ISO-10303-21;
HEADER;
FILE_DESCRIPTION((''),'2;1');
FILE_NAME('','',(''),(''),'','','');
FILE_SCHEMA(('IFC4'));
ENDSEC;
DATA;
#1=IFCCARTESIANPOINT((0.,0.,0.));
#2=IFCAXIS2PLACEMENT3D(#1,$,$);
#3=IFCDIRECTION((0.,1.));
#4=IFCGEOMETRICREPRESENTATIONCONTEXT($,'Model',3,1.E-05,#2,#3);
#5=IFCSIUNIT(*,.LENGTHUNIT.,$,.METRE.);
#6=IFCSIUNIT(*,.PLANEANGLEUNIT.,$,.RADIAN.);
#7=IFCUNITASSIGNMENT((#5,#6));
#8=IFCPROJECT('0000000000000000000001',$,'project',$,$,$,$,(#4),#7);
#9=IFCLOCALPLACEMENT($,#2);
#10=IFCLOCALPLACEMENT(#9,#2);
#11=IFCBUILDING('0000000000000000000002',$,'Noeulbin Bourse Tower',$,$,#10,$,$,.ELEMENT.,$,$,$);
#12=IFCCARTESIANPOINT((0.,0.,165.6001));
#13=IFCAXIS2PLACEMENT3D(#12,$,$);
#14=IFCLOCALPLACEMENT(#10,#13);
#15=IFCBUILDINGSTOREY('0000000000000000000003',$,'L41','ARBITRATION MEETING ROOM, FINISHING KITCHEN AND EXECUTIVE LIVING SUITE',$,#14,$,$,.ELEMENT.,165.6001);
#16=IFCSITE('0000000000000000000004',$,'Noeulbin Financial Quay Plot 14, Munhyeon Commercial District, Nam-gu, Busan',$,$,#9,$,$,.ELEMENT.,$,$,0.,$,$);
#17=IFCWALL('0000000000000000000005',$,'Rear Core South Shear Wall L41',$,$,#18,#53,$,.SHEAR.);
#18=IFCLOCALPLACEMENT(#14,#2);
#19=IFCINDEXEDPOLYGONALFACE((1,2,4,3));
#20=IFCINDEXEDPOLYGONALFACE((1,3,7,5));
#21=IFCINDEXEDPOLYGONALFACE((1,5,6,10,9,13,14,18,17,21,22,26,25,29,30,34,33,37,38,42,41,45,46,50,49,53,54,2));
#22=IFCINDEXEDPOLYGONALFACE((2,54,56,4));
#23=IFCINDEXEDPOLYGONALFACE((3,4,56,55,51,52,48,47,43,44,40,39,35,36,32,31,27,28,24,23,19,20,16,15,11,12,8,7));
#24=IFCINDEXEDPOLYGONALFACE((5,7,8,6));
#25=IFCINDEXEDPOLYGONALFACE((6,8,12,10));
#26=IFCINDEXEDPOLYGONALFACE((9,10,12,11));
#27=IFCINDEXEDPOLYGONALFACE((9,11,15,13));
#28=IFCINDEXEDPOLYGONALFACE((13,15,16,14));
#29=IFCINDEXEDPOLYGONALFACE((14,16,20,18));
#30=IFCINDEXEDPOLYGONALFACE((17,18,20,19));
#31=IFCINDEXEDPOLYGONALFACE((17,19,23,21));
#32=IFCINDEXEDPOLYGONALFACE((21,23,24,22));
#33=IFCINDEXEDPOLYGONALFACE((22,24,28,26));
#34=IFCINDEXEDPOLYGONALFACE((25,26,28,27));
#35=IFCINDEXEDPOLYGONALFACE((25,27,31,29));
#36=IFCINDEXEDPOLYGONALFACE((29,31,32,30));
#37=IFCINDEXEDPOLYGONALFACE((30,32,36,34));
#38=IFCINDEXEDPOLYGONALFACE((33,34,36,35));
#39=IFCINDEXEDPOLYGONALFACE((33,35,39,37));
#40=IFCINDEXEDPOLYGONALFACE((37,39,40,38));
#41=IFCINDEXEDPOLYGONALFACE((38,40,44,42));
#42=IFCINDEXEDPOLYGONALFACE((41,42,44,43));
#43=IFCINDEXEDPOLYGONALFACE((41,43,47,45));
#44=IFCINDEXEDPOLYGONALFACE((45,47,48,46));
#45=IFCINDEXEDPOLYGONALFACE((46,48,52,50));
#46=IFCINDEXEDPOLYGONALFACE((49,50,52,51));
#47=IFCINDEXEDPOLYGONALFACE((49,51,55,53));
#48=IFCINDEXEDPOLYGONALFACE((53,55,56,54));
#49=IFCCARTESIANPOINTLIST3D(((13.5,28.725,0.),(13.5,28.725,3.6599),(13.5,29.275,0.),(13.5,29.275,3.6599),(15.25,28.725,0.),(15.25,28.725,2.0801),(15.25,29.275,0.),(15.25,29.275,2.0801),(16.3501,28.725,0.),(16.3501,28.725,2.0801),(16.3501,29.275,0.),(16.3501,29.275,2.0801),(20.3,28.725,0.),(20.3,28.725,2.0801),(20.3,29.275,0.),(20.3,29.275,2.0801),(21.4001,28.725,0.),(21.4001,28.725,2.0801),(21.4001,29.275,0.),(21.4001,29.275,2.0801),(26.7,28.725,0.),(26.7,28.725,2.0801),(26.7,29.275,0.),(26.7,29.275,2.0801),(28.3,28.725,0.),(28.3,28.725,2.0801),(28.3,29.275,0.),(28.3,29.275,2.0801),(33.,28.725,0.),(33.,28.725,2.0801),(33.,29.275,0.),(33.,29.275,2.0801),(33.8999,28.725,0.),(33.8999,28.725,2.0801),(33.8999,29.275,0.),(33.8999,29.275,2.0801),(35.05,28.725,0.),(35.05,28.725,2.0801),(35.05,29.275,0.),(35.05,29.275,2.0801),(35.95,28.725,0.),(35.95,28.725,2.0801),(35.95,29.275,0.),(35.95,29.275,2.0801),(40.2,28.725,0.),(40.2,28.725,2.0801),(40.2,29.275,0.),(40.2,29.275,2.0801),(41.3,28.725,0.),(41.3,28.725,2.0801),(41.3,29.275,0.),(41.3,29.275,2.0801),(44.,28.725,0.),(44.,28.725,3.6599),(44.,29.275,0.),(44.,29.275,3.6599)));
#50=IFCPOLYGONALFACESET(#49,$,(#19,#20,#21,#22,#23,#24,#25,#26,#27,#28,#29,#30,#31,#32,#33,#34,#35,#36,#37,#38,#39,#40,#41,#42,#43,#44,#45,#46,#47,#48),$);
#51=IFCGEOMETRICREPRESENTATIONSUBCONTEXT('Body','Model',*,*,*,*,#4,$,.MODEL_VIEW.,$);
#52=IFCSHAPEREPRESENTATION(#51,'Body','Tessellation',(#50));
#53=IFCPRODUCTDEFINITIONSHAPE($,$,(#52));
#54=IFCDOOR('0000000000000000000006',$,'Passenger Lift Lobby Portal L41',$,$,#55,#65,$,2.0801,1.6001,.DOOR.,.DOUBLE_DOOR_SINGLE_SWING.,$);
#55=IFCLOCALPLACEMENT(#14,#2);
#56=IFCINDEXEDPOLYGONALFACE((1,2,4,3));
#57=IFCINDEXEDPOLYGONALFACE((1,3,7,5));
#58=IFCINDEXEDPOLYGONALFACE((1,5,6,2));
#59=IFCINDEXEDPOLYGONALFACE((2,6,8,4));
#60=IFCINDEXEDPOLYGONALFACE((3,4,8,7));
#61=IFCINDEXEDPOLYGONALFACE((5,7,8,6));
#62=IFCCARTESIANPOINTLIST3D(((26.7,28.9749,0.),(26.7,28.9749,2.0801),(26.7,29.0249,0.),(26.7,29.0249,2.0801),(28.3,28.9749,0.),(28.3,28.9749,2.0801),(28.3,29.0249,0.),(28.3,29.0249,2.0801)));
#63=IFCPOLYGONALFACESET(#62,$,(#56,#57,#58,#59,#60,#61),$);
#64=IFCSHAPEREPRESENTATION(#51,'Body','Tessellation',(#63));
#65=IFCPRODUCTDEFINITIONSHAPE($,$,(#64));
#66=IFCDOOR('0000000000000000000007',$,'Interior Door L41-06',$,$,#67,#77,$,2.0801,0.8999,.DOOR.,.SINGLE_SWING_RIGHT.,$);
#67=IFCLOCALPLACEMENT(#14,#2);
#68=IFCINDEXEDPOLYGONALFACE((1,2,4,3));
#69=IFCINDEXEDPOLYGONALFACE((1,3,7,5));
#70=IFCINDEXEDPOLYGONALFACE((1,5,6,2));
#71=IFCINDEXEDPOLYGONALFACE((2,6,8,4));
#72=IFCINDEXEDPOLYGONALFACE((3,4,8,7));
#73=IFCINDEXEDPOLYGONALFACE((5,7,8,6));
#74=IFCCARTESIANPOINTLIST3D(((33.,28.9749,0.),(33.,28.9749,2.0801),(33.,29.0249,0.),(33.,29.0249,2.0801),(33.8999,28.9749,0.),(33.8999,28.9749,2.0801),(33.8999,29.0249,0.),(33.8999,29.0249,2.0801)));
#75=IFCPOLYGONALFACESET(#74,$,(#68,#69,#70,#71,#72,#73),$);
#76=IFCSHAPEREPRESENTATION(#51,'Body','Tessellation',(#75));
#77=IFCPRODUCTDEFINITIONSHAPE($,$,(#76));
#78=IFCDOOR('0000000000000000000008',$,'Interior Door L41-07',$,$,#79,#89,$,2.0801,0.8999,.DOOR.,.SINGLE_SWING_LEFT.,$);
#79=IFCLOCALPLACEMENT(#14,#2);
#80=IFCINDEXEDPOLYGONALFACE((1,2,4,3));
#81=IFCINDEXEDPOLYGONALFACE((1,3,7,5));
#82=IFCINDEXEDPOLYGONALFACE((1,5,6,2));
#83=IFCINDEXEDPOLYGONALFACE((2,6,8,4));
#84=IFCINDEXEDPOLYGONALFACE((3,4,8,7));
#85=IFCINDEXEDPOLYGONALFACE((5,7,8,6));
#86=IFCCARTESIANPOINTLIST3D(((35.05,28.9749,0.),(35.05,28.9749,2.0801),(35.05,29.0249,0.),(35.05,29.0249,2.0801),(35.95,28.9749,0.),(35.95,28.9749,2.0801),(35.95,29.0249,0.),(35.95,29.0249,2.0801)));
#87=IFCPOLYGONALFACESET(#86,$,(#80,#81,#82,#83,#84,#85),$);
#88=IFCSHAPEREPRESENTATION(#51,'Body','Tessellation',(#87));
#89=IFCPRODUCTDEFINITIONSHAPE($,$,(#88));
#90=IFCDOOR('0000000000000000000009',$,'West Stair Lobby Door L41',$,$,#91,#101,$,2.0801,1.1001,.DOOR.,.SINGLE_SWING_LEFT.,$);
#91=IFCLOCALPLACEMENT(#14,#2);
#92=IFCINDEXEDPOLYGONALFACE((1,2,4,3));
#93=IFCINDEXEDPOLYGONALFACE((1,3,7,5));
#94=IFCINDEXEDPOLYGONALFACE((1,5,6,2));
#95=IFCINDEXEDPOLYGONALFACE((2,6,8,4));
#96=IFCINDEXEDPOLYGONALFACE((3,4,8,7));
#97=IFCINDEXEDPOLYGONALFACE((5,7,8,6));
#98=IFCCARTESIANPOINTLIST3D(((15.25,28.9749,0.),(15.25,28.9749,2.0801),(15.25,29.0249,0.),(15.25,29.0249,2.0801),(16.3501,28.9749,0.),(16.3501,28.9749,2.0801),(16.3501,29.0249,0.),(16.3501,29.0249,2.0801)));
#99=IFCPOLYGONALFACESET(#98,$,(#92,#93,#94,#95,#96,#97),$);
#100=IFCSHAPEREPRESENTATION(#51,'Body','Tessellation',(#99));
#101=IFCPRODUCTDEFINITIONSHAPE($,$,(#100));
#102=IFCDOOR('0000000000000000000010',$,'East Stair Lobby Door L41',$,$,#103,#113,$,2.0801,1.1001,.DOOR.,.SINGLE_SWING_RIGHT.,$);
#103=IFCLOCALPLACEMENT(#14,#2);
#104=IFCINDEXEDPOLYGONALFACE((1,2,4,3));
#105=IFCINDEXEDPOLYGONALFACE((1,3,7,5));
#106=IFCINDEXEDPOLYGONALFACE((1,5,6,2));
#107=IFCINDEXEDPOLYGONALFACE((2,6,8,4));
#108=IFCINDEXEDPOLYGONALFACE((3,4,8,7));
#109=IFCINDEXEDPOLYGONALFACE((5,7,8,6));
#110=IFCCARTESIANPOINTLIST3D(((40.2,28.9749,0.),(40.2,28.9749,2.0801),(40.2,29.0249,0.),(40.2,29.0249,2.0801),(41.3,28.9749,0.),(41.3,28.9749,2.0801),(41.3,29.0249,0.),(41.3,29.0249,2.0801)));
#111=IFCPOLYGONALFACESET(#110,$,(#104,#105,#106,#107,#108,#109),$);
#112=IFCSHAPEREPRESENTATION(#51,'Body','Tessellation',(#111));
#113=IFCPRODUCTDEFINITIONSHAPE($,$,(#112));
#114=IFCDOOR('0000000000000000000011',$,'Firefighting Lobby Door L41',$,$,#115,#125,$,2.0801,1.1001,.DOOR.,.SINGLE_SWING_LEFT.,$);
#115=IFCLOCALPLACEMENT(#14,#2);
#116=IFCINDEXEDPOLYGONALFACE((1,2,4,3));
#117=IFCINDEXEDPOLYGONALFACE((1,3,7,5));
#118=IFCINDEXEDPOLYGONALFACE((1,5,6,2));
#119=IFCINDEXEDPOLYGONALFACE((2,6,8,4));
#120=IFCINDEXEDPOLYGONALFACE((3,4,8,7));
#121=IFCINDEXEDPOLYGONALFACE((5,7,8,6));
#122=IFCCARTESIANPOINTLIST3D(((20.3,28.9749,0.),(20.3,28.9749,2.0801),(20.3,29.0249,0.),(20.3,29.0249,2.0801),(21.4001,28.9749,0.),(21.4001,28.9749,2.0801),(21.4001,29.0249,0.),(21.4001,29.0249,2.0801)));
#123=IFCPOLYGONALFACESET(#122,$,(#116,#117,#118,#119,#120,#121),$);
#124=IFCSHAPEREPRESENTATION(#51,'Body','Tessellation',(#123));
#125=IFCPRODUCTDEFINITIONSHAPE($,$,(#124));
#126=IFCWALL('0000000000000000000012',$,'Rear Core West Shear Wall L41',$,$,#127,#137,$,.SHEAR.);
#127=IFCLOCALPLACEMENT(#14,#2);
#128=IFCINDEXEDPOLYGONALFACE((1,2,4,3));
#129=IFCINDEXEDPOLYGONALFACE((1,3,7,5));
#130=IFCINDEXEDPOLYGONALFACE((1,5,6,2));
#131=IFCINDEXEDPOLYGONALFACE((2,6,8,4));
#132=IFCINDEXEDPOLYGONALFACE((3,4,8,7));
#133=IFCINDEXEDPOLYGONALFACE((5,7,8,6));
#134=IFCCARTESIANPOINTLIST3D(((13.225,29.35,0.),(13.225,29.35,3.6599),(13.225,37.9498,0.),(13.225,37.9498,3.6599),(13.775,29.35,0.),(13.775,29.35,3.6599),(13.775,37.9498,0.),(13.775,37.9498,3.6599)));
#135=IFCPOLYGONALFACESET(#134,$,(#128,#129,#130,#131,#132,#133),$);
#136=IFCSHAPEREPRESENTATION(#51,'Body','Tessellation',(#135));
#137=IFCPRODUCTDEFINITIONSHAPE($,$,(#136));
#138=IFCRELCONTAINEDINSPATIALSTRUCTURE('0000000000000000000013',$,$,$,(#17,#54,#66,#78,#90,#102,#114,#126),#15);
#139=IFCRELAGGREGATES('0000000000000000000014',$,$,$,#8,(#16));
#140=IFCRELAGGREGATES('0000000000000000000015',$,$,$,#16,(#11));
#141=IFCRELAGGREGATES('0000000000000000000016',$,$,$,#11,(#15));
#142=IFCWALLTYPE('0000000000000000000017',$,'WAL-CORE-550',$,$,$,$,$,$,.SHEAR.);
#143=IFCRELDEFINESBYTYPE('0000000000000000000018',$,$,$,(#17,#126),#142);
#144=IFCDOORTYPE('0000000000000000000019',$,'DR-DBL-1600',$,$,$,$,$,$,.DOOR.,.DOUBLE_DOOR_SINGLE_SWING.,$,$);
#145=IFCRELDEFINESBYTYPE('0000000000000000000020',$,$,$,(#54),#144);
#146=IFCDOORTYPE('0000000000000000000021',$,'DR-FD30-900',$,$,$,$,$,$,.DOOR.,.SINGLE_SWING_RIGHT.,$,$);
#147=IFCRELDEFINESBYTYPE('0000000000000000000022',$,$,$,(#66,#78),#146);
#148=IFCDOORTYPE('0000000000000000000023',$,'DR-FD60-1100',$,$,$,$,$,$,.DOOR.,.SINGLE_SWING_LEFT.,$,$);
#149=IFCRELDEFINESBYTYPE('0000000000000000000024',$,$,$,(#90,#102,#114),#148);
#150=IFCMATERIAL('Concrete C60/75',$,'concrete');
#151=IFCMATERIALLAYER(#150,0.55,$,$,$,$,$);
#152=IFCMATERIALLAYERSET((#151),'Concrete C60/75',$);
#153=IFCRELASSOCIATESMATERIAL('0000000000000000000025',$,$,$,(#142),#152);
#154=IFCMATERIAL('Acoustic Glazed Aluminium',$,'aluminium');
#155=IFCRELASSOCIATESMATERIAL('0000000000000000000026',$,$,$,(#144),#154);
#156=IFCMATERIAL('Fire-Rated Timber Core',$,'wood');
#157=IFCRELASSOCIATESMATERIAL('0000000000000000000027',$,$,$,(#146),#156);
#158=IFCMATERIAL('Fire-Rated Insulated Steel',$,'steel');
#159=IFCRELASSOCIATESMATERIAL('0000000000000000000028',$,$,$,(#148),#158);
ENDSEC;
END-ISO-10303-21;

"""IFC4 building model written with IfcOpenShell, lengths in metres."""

from ifc_helpers import new_model, si_unit, direction, frame, frame_2d, origin, place, context, subcontext, project, spatial, rectangle, extrude, material, layer, layer_set, type_object, element, fill, save


model = new_model("IFC4")

# Units and contexts
model_context = context("Model", 3, precision=1e-05, world=origin(), true_north=direction((0.0, 1.0)))
body_context = subcontext(model_context, "Body", "Model", "MODEL_VIEW")
ifc_project = project(units=[si_unit("LENGTHUNIT", "METRE"), si_unit("PLANEANGLEUNIT", "RADIAN")], contexts=[model_context])

# Site, building, storey
site_placement = place(None, origin())
site = spatial("IfcSite", under=ifc_project, at=site_placement, Name="Noeulbin Financial Quay Plot 14, Munhyeon Commercial District, Nam-gu, Busan", CompositionType="ELEMENT", RefElevation=0.0)
building_placement = place(site_placement, origin())
building = spatial("IfcBuilding", under=site, at=building_placement, Name="Noeulbin Bourse Tower", CompositionType="ELEMENT")
storey_placement = place(building_placement, frame((0.0, 0.0, 165.6001)))
storey = spatial("IfcBuildingStorey", under=building, at=storey_placement, Name="L41", Description="ARBITRATION MEETING ROOM, FINISHING KITCHEN AND EXECUTIVE LIVING SUITE", CompositionType="ELEMENT", Elevation=165.6001)

# Wall, openings, doors
ifc_material_1 = material(Name="Concrete C60/75", Category="concrete")
ifc_layer_1 = layer(ifc_material_1, 0.55)
ifc_layer_set_1 = layer_set([ifc_layer_1], Name="Concrete C60/75")
wall_type_1 = type_object("IfcWallType", Name="WAL-CORE-550", PredefinedType="SHEAR", material=ifc_layer_set_1)
wall_1_placement = place(storey_placement, frame((13.5, 29.0, 0.0), z_axis=(0.0, 0.0, 1.0), x_axis=(1.0, 0.0, 0.0)))
wall_1 = element("IfcWall", 1, at=wall_1_placement, inside=storey, type_object=wall_type_1, Name="Rear Core South Shear Wall L41", PredefinedType="SHEAR", context=body_context, shape_type="SweptSolid", body=[
    extrude(rectangle(XDim=30.5, YDim=0.55, at=frame_2d((15.25, 0.0))), origin(), (0.0, 0.0, 1.0), 3.6599),
])
opening_1_placement = place(wall_1_placement, frame((1.75, 0.0, 0.0)))
opening_1 = element("IfcOpeningElement", 2, at=opening_1_placement, cuts=wall_1, PredefinedType="OPENING", context=body_context, shape_type="SweptSolid", body=[
    extrude(rectangle(XDim=1.1001, YDim=2.0801, at=frame_2d((0.55, 1.04))), frame((0.0, 0.2849, 0.0), z_axis=(0.0, -1.0, 0.0), x_axis=(1.0, 0.0, 0.0)), (0.0, 0.0, 1.0), 0.5701),
])
opening_2_placement = place(wall_1_placement, frame((26.7, 0.0, 0.0)))
opening_2 = element("IfcOpeningElement", 3, at=opening_2_placement, cuts=wall_1, PredefinedType="OPENING", context=body_context, shape_type="SweptSolid", body=[
    extrude(rectangle(XDim=1.1001, YDim=2.0801, at=frame_2d((0.55, 1.04))), frame((0.0, 0.2849, 0.0), z_axis=(0.0, -1.0, 0.0), x_axis=(1.0, 0.0, 0.0)), (0.0, 0.0, 1.0), 0.5701),
])
opening_3_placement = place(wall_1_placement, frame((6.8, 0.0, 0.0)))
opening_3 = element("IfcOpeningElement", 4, at=opening_3_placement, cuts=wall_1, PredefinedType="OPENING", context=body_context, shape_type="SweptSolid", body=[
    extrude(rectangle(XDim=1.1001, YDim=2.0801, at=frame_2d((0.55, 1.04))), frame((0.0, 0.2849, 0.0), z_axis=(0.0, -1.0, 0.0), x_axis=(1.0, 0.0, 0.0)), (0.0, 0.0, 1.0), 0.5701),
])
opening_4_placement = place(wall_1_placement, frame((13.2, 0.0, 0.0)))
opening_4 = element("IfcOpeningElement", 5, at=opening_4_placement, cuts=wall_1, PredefinedType="OPENING", context=body_context, shape_type="SweptSolid", body=[
    extrude(rectangle(XDim=1.6001, YDim=2.0801, at=frame_2d((0.8, 1.04))), frame((0.0, 0.2849, 0.0), z_axis=(0.0, -1.0, 0.0), x_axis=(1.0, 0.0, 0.0)), (0.0, 0.0, 1.0), 0.5701),
])
opening_5_placement = place(wall_1_placement, frame((19.5, 0.0, 0.0)))
opening_5 = element("IfcOpeningElement", 6, at=opening_5_placement, cuts=wall_1, PredefinedType="OPENING", context=body_context, shape_type="SweptSolid", body=[
    extrude(rectangle(XDim=0.8999, YDim=2.0801, at=frame_2d((0.45, 1.04))), frame((0.0, 0.2849, 0.0), z_axis=(0.0, -1.0, 0.0), x_axis=(1.0, 0.0, 0.0)), (0.0, 0.0, 1.0), 0.5701),
])
opening_6_placement = place(wall_1_placement, frame((21.55, 0.0, 0.0)))
opening_6 = element("IfcOpeningElement", 7, at=opening_6_placement, cuts=wall_1, PredefinedType="OPENING", context=body_context, shape_type="SweptSolid", body=[
    extrude(rectangle(XDim=0.8999, YDim=2.0801, at=frame_2d((0.45, 1.04))), frame((0.0, 0.2849, 0.0), z_axis=(0.0, -1.0, 0.0), x_axis=(1.0, 0.0, 0.0)), (0.0, 0.0, 1.0), 0.5701),
])
ifc_material_2 = material(Name="Acoustic Glazed Aluminium", Category="aluminium")
door_type_1 = type_object("IfcDoorType", Name="DR-DBL-1600", OperationType="DOUBLE_DOOR_SINGLE_SWING", PredefinedType="DOOR", material=ifc_material_2)
door_1_placement = place(opening_4_placement, origin())
door_1 = element("IfcDoor", 8, at=door_1_placement, inside=storey, type_object=door_type_1, Name="Passenger Lift Lobby Portal L41", OperationType="DOUBLE_DOOR_SINGLE_SWING", OverallHeight=2.0801, OverallWidth=1.6001, PredefinedType="DOOR", context=body_context, shape_type="SweptSolid", body=[
    extrude(rectangle(XDim=1.6001, YDim=2.0801, at=frame_2d((0.8, 1.04))), frame((0.0, 0.0249, 0.0), z_axis=(0.0, -1.0, 0.0), x_axis=(1.0, 0.0, 0.0)), (0.0, 0.0, 1.0), 0.05),
])
fill(opening_4, door_1)
ifc_material_3 = material(Name="Fire-Rated Timber Core", Category="wood")
door_type_2 = type_object("IfcDoorType", Name="DR-FD30-900", OperationType="SINGLE_SWING_RIGHT", PredefinedType="DOOR", material=ifc_material_3)
door_2_placement = place(opening_5_placement, origin())
door_2 = element("IfcDoor", 9, at=door_2_placement, inside=storey, type_object=door_type_2, Name="Interior Door L41-06", OperationType="SINGLE_SWING_RIGHT", OverallHeight=2.0801, OverallWidth=0.8999, PredefinedType="DOOR", context=body_context, shape_type="SweptSolid", body=[
    extrude(rectangle(XDim=0.8999, YDim=2.0801, at=frame_2d((0.45, 1.04))), frame((0.0, 0.0249, 0.0), z_axis=(0.0, -1.0, 0.0), x_axis=(1.0, 0.0, 0.0)), (0.0, 0.0, 1.0), 0.05),
])
fill(opening_5, door_2)
door_3_placement = place(opening_6_placement, origin())
door_3 = element("IfcDoor", 10, at=door_3_placement, inside=storey, type_object=door_type_2, Name="Interior Door L41-07", OperationType="SINGLE_SWING_LEFT", OverallHeight=2.0801, OverallWidth=0.8999, PredefinedType="DOOR", context=body_context, shape_type="SweptSolid", body=[
    extrude(rectangle(XDim=0.8999, YDim=2.0801, at=frame_2d((0.45, 1.04))), frame((0.0, 0.0249, 0.0), z_axis=(0.0, -1.0, 0.0), x_axis=(1.0, 0.0, 0.0)), (0.0, 0.0, 1.0), 0.05),
])
fill(opening_6, door_3)
ifc_material_4 = material(Name="Fire-Rated Insulated Steel", Category="steel")
door_type_3 = type_object("IfcDoorType", Name="DR-FD60-1100", OperationType="SINGLE_SWING_LEFT", PredefinedType="DOOR", material=ifc_material_4)
door_4_placement = place(opening_1_placement, origin())
door_4 = element("IfcDoor", 11, at=door_4_placement, inside=storey, type_object=door_type_3, Name="West Stair Lobby Door L41", OperationType="SINGLE_SWING_LEFT", OverallHeight=2.0801, OverallWidth=1.1001, PredefinedType="DOOR", context=body_context, shape_type="SweptSolid", body=[
    extrude(rectangle(XDim=1.1001, YDim=2.0801, at=frame_2d((0.55, 1.04))), frame((0.0, 0.0249, 0.0), z_axis=(0.0, -1.0, 0.0), x_axis=(1.0, 0.0, 0.0)), (0.0, 0.0, 1.0), 0.05),
])
fill(opening_1, door_4)
door_5_placement = place(opening_2_placement, origin())
door_5 = element("IfcDoor", 12, at=door_5_placement, inside=storey, type_object=door_type_3, Name="East Stair Lobby Door L41", OperationType="SINGLE_SWING_RIGHT", OverallHeight=2.0801, OverallWidth=1.1001, PredefinedType="DOOR", context=body_context, shape_type="SweptSolid", body=[
    extrude(rectangle(XDim=1.1001, YDim=2.0801, at=frame_2d((0.55, 1.04))), frame((0.0, 0.0249, 0.0), z_axis=(0.0, -1.0, 0.0), x_axis=(1.0, 0.0, 0.0)), (0.0, 0.0, 1.0), 0.05),
])
fill(opening_2, door_5)
door_6_placement = place(opening_3_placement, origin())
door_6 = element("IfcDoor", 13, at=door_6_placement, inside=storey, type_object=door_type_3, Name="Firefighting Lobby Door L41", OperationType="SINGLE_SWING_LEFT", OverallHeight=2.0801, OverallWidth=1.1001, PredefinedType="DOOR", context=body_context, shape_type="SweptSolid", body=[
    extrude(rectangle(XDim=1.1001, YDim=2.0801, at=frame_2d((0.55, 1.04))), frame((0.0, 0.0249, 0.0), z_axis=(0.0, -1.0, 0.0), x_axis=(1.0, 0.0, 0.0)), (0.0, 0.0, 1.0), 0.05),
])
fill(opening_3, door_6)

# Wall
wall_2_placement = place(storey_placement, frame((13.5, 29.3501, 0.0), z_axis=(0.0, 0.0, 1.0), x_axis=(0.0, 1.0, 0.0)))
element("IfcWall", 14, at=wall_2_placement, inside=storey, type_object=wall_type_1, Name="Rear Core West Shear Wall L41", PredefinedType="SHEAR", context=body_context, shape_type="SweptSolid", body=[
    extrude(rectangle(XDim=8.5999, YDim=0.55, at=frame_2d((4.2998, 0.0))), origin(), (0.0, 0.0, 1.0), 3.6599),
])

save(model, "model.ifc")
